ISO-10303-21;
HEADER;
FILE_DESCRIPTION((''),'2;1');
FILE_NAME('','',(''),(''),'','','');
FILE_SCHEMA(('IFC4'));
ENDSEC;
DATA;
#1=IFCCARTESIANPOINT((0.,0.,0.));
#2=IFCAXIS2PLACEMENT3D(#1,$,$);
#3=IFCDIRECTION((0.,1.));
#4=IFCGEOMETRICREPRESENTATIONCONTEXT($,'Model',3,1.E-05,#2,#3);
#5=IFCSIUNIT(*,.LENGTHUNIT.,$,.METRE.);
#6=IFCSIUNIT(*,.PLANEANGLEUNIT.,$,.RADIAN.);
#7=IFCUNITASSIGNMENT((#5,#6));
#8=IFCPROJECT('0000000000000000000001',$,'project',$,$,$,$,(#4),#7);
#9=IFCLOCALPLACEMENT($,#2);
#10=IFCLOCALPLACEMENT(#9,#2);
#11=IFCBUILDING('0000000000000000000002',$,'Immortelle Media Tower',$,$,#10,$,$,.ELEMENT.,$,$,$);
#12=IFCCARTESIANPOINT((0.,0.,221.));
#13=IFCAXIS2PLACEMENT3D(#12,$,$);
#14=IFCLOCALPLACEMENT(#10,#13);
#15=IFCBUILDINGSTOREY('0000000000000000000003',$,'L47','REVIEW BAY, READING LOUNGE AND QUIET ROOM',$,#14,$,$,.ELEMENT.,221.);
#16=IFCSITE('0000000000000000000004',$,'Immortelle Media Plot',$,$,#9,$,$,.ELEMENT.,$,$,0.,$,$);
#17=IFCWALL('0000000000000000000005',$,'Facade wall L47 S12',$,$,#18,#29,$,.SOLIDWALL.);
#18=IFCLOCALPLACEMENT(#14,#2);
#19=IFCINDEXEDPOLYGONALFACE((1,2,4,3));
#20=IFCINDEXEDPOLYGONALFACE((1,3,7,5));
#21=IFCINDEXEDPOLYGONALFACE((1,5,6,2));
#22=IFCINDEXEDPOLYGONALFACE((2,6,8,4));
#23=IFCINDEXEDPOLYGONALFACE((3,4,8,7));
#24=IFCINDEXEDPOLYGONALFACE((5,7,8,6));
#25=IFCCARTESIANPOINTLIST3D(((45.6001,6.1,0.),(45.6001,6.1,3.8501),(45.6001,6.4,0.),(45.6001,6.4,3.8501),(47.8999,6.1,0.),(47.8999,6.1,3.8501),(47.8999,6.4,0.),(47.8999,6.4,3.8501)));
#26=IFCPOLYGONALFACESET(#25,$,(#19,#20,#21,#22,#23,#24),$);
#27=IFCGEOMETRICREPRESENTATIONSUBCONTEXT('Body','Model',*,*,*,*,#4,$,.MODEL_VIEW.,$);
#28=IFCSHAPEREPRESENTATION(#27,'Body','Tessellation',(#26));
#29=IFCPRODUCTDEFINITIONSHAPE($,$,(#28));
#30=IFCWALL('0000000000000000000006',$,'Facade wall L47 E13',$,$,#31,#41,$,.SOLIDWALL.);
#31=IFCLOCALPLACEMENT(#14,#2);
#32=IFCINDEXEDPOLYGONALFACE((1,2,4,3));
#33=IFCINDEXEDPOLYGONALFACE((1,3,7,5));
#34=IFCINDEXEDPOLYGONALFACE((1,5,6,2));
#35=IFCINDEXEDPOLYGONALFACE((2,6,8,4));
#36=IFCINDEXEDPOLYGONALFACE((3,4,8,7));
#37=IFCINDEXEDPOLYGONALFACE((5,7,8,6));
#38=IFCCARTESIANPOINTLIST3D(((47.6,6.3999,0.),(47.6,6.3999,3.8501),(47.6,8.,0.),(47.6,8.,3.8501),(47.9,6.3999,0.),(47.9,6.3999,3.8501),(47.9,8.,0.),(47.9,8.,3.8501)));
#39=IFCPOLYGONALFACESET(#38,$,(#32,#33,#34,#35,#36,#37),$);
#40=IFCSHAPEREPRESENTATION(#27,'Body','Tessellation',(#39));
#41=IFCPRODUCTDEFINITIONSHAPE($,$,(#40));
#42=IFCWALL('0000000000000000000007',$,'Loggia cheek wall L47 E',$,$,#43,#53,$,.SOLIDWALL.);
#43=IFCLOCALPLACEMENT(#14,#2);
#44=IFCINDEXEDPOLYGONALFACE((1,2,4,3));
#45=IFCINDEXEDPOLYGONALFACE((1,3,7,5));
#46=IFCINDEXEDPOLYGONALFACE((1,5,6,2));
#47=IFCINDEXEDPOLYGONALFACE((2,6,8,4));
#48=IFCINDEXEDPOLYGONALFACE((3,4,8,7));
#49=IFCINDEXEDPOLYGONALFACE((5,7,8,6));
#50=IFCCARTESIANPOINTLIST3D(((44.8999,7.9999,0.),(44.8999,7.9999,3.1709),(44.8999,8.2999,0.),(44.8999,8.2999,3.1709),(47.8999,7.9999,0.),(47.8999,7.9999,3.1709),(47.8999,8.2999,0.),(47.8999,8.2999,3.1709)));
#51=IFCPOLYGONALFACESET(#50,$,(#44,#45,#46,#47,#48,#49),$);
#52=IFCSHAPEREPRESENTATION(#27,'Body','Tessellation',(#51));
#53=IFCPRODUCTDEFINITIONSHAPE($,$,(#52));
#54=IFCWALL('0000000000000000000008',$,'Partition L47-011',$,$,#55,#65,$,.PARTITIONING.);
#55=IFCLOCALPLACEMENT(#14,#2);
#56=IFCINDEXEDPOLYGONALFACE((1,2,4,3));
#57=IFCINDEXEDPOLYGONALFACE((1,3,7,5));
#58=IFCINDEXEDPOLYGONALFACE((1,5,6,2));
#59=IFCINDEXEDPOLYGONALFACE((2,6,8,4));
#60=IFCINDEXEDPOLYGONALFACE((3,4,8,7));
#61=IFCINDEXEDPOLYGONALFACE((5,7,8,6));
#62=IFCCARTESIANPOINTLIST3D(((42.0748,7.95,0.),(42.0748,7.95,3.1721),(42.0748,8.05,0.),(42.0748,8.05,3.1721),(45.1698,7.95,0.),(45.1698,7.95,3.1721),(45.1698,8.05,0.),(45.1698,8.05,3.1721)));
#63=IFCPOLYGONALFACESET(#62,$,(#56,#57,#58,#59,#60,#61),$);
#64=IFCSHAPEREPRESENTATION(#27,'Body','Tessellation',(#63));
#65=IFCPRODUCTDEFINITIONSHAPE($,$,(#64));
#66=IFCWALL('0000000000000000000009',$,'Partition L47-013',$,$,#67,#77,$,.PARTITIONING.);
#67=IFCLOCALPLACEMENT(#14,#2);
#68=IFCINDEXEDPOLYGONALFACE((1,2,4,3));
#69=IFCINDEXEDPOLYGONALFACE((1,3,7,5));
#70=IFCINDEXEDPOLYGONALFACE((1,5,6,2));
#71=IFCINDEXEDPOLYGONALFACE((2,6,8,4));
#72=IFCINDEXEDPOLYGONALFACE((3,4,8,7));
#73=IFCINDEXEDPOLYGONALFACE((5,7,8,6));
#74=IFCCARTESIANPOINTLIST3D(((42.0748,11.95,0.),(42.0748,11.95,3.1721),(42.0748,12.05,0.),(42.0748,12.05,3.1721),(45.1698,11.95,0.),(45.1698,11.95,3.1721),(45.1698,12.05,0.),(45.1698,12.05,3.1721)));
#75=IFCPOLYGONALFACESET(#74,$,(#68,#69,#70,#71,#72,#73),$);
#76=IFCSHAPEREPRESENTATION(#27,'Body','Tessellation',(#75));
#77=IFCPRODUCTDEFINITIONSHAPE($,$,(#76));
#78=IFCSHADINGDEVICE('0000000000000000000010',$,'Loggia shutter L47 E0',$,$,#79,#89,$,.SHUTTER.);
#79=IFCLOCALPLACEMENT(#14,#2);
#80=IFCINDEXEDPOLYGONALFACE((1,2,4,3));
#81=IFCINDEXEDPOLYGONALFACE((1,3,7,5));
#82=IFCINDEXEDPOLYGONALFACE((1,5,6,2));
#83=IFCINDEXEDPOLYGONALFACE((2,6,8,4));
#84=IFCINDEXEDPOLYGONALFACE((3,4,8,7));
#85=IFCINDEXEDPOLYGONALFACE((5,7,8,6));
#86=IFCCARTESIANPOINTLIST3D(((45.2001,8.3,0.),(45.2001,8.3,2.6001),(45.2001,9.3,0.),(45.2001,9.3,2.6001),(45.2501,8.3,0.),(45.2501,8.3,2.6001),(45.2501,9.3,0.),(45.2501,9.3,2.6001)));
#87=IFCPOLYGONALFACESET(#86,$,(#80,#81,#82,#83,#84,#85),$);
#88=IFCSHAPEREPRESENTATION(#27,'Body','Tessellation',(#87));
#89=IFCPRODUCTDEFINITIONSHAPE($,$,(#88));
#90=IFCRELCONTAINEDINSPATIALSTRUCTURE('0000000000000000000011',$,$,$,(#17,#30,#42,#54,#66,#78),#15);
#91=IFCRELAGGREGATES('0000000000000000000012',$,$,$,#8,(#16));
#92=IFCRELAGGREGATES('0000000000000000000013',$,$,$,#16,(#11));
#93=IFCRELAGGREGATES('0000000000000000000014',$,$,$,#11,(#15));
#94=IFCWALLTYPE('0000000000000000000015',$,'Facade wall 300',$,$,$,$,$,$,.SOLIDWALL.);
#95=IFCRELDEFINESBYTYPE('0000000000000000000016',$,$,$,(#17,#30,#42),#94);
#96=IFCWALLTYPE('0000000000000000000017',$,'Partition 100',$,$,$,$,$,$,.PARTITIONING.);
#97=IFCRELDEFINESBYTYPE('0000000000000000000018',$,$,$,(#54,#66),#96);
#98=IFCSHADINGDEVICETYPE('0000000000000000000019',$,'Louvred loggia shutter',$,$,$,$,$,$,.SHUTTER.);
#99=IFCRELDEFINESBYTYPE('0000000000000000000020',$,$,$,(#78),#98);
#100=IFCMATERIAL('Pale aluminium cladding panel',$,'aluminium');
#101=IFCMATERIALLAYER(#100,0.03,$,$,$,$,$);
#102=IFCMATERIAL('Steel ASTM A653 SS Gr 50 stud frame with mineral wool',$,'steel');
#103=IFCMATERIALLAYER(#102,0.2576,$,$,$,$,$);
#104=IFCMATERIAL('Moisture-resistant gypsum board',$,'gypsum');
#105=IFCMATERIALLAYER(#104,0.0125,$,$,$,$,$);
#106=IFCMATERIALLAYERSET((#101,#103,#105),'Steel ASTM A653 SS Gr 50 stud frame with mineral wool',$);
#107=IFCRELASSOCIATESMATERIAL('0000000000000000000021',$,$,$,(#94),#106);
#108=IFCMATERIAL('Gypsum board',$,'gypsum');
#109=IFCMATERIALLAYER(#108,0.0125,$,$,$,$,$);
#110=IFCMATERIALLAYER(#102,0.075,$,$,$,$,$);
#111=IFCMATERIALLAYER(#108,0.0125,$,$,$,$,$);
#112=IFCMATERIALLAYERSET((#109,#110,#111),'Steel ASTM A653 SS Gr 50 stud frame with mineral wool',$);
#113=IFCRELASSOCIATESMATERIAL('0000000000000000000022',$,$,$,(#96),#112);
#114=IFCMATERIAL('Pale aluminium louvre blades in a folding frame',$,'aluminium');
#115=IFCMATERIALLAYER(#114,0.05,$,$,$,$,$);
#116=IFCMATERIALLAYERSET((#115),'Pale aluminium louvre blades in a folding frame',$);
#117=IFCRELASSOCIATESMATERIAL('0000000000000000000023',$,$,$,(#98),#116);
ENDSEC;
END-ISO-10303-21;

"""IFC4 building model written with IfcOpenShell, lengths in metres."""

from ifc_helpers import new_model, si_unit, direction, frame, frame_2d, origin, origin_2d, place, context, subcontext, project, spatial, rectangle, extrude, material, layer, layer_set, type_object, element, save


model = new_model("IFC4")

# Units and contexts
model_context = context("Model", 3, precision=1e-05, world=origin(), true_north=direction((0.0, 1.0)))
body_context = subcontext(model_context, "Body", "Model", "MODEL_VIEW")
ifc_project = project(units=[si_unit("LENGTHUNIT", "METRE"), si_unit("PLANEANGLEUNIT", "RADIAN")], contexts=[model_context])

# Site, building, storey
site_placement = place(None, origin())
site = spatial("IfcSite", under=ifc_project, at=site_placement, Name="Immortelle Media Plot", CompositionType="ELEMENT", RefElevation=0.0)
building_placement = place(site_placement, origin())
building = spatial("IfcBuilding", under=site, at=building_placement, Name="Immortelle Media Tower", CompositionType="ELEMENT")
storey_placement = place(building_placement, frame((0.0, 0.0, 221.0)))
storey = spatial("IfcBuildingStorey", under=building, at=storey_placement, Name="L47", Description="REVIEW BAY, READING LOUNGE AND QUIET ROOM", CompositionType="ELEMENT", Elevation=221.0)

# Walls
ifc_material_1 = material(Name="Pale aluminium cladding panel", Category="aluminium")
ifc_layer_1 = layer(ifc_material_1, 0.03)
ifc_material_2 = material(Name="Steel ASTM A653 SS Gr 50 stud frame with mineral wool", Category="steel")
ifc_layer_2 = layer(ifc_material_2, 0.2576)
ifc_material_3 = material(Name="Moisture-resistant gypsum board", Category="gypsum")
ifc_layer_3 = layer(ifc_material_3, 0.0125)
ifc_layer_set_1 = layer_set([ifc_layer_1, ifc_layer_2, ifc_layer_3], Name="Steel ASTM A653 SS Gr 50 stud frame with mineral wool")
wall_type_1 = type_object("IfcWallType", Name="Facade wall 300", PredefinedType="SOLIDWALL", material=ifc_layer_set_1)
wall_1_placement = place(storey_placement, frame((45.6001, 6.25, 0.0), z_axis=(0.0, 0.0, 1.0), x_axis=(1.0, 0.0, 0.0)))
element("IfcWall", 1, at=wall_1_placement, inside=storey, type_object=wall_type_1, Name="Facade wall L47 S12", PredefinedType="SOLIDWALL", context=body_context, shape_type="SweptSolid", body=[
    extrude(rectangle(XDim=2.2998, YDim=0.3, at=frame_2d((1.1499, 0.0))), origin(), (0.0, 0.0, 1.0), 3.8501),
])
wall_2_placement = place(storey_placement, frame((47.75, 6.3999, 0.0), z_axis=(0.0, 0.0, 1.0), x_axis=(0.0, 1.0, 0.0)))
element("IfcWall", 2, at=wall_2_placement, inside=storey, type_object=wall_type_1, Name="Facade wall L47 E13", PredefinedType="SOLIDWALL", context=body_context, shape_type="SweptSolid", body=[
    extrude(rectangle(XDim=1.6001, YDim=0.3, at=frame_2d((0.8, 0.0))), origin(), (0.0, 0.0, 1.0), 3.8501),
])

# Walls
wall_3_placement = place(storey_placement, frame((47.8999, 8.1499, 0.0), z_axis=(0.0, 0.0, 1.0), x_axis=(-1.0, 0.0, 0.0)))
element("IfcWall", 3, at=wall_3_placement, inside=storey, type_object=wall_type_1, Name="Loggia cheek wall L47 E", PredefinedType="SOLIDWALL", context=body_context, shape_type="SweptSolid", body=[
    extrude(rectangle(XDim=3.0, YDim=0.3, at=frame_2d((1.5, 0.0))), origin(), (0.0, 0.0, 1.0), 3.1709),
])
ifc_material_4 = material(Name="Gypsum board", Category="gypsum")
ifc_layer_4 = layer(ifc_material_4, 0.0125)
ifc_layer_5 = layer(ifc_material_2, 0.075)
ifc_layer_6 = layer(ifc_material_4, 0.0125)
ifc_layer_set_2 = layer_set([ifc_layer_4, ifc_layer_5, ifc_layer_6], Name="Steel ASTM A653 SS Gr 50 stud frame with mineral wool")
wall_type_2 = type_object("IfcWallType", Name="Partition 100", PredefinedType="PARTITIONING", material=ifc_layer_set_2)
for number, where, z_axis, x_axis, name in (
    (4, (42.075, 8.0, 0.0), (0.0, 0.0, 1.0), (1.0, 0.0, 0.0), "Partition L47-011"),
    (5, (42.075, 12.0, 0.0), (0.0, 0.0, 1.0), (1.0, 0.0, 0.0), "Partition L47-013"),
):
    element("IfcWall", number, at=place(storey_placement, frame(where, z_axis=z_axis, x_axis=x_axis)), inside=storey, type_object=wall_type_2, Name=name, PredefinedType="PARTITIONING", context=body_context, shape_type="SweptSolid", body=[
        extrude(rectangle(XDim=3.095, YDim=0.1001, at=frame_2d((1.5474, 0.0))), origin(), (0.0, 0.0, 1.0), 3.1721),
    ])

# Shading device
ifc_material_5 = material(Name="Pale aluminium louvre blades in a folding frame", Category="aluminium")
ifc_layer_7 = layer(ifc_material_5, 0.05)
ifc_layer_set_3 = layer_set([ifc_layer_7], Name="Pale aluminium louvre blades in a folding frame")
shading_device_type = type_object("IfcShadingDeviceType", Name="Louvred loggia shutter", PredefinedType="SHUTTER", material=ifc_layer_set_3)
shading_device_placement = place(storey_placement, frame((45.2251, 8.8, 0.0), z_axis=(0.0, 0.0, 1.0), x_axis=(0.0, 1.0, 0.0)))
element("IfcShadingDevice", 6, at=shading_device_placement, inside=storey, type_object=shading_device_type, Name="Loggia shutter L47 E0", PredefinedType="SHUTTER", context=body_context, shape_type="SweptSolid", body=[
    extrude(rectangle(XDim=1.0, YDim=0.05, at=origin_2d()), origin(), (0.0, 0.0, 1.0), 2.6001),
])

save(model, "model.ifc")
